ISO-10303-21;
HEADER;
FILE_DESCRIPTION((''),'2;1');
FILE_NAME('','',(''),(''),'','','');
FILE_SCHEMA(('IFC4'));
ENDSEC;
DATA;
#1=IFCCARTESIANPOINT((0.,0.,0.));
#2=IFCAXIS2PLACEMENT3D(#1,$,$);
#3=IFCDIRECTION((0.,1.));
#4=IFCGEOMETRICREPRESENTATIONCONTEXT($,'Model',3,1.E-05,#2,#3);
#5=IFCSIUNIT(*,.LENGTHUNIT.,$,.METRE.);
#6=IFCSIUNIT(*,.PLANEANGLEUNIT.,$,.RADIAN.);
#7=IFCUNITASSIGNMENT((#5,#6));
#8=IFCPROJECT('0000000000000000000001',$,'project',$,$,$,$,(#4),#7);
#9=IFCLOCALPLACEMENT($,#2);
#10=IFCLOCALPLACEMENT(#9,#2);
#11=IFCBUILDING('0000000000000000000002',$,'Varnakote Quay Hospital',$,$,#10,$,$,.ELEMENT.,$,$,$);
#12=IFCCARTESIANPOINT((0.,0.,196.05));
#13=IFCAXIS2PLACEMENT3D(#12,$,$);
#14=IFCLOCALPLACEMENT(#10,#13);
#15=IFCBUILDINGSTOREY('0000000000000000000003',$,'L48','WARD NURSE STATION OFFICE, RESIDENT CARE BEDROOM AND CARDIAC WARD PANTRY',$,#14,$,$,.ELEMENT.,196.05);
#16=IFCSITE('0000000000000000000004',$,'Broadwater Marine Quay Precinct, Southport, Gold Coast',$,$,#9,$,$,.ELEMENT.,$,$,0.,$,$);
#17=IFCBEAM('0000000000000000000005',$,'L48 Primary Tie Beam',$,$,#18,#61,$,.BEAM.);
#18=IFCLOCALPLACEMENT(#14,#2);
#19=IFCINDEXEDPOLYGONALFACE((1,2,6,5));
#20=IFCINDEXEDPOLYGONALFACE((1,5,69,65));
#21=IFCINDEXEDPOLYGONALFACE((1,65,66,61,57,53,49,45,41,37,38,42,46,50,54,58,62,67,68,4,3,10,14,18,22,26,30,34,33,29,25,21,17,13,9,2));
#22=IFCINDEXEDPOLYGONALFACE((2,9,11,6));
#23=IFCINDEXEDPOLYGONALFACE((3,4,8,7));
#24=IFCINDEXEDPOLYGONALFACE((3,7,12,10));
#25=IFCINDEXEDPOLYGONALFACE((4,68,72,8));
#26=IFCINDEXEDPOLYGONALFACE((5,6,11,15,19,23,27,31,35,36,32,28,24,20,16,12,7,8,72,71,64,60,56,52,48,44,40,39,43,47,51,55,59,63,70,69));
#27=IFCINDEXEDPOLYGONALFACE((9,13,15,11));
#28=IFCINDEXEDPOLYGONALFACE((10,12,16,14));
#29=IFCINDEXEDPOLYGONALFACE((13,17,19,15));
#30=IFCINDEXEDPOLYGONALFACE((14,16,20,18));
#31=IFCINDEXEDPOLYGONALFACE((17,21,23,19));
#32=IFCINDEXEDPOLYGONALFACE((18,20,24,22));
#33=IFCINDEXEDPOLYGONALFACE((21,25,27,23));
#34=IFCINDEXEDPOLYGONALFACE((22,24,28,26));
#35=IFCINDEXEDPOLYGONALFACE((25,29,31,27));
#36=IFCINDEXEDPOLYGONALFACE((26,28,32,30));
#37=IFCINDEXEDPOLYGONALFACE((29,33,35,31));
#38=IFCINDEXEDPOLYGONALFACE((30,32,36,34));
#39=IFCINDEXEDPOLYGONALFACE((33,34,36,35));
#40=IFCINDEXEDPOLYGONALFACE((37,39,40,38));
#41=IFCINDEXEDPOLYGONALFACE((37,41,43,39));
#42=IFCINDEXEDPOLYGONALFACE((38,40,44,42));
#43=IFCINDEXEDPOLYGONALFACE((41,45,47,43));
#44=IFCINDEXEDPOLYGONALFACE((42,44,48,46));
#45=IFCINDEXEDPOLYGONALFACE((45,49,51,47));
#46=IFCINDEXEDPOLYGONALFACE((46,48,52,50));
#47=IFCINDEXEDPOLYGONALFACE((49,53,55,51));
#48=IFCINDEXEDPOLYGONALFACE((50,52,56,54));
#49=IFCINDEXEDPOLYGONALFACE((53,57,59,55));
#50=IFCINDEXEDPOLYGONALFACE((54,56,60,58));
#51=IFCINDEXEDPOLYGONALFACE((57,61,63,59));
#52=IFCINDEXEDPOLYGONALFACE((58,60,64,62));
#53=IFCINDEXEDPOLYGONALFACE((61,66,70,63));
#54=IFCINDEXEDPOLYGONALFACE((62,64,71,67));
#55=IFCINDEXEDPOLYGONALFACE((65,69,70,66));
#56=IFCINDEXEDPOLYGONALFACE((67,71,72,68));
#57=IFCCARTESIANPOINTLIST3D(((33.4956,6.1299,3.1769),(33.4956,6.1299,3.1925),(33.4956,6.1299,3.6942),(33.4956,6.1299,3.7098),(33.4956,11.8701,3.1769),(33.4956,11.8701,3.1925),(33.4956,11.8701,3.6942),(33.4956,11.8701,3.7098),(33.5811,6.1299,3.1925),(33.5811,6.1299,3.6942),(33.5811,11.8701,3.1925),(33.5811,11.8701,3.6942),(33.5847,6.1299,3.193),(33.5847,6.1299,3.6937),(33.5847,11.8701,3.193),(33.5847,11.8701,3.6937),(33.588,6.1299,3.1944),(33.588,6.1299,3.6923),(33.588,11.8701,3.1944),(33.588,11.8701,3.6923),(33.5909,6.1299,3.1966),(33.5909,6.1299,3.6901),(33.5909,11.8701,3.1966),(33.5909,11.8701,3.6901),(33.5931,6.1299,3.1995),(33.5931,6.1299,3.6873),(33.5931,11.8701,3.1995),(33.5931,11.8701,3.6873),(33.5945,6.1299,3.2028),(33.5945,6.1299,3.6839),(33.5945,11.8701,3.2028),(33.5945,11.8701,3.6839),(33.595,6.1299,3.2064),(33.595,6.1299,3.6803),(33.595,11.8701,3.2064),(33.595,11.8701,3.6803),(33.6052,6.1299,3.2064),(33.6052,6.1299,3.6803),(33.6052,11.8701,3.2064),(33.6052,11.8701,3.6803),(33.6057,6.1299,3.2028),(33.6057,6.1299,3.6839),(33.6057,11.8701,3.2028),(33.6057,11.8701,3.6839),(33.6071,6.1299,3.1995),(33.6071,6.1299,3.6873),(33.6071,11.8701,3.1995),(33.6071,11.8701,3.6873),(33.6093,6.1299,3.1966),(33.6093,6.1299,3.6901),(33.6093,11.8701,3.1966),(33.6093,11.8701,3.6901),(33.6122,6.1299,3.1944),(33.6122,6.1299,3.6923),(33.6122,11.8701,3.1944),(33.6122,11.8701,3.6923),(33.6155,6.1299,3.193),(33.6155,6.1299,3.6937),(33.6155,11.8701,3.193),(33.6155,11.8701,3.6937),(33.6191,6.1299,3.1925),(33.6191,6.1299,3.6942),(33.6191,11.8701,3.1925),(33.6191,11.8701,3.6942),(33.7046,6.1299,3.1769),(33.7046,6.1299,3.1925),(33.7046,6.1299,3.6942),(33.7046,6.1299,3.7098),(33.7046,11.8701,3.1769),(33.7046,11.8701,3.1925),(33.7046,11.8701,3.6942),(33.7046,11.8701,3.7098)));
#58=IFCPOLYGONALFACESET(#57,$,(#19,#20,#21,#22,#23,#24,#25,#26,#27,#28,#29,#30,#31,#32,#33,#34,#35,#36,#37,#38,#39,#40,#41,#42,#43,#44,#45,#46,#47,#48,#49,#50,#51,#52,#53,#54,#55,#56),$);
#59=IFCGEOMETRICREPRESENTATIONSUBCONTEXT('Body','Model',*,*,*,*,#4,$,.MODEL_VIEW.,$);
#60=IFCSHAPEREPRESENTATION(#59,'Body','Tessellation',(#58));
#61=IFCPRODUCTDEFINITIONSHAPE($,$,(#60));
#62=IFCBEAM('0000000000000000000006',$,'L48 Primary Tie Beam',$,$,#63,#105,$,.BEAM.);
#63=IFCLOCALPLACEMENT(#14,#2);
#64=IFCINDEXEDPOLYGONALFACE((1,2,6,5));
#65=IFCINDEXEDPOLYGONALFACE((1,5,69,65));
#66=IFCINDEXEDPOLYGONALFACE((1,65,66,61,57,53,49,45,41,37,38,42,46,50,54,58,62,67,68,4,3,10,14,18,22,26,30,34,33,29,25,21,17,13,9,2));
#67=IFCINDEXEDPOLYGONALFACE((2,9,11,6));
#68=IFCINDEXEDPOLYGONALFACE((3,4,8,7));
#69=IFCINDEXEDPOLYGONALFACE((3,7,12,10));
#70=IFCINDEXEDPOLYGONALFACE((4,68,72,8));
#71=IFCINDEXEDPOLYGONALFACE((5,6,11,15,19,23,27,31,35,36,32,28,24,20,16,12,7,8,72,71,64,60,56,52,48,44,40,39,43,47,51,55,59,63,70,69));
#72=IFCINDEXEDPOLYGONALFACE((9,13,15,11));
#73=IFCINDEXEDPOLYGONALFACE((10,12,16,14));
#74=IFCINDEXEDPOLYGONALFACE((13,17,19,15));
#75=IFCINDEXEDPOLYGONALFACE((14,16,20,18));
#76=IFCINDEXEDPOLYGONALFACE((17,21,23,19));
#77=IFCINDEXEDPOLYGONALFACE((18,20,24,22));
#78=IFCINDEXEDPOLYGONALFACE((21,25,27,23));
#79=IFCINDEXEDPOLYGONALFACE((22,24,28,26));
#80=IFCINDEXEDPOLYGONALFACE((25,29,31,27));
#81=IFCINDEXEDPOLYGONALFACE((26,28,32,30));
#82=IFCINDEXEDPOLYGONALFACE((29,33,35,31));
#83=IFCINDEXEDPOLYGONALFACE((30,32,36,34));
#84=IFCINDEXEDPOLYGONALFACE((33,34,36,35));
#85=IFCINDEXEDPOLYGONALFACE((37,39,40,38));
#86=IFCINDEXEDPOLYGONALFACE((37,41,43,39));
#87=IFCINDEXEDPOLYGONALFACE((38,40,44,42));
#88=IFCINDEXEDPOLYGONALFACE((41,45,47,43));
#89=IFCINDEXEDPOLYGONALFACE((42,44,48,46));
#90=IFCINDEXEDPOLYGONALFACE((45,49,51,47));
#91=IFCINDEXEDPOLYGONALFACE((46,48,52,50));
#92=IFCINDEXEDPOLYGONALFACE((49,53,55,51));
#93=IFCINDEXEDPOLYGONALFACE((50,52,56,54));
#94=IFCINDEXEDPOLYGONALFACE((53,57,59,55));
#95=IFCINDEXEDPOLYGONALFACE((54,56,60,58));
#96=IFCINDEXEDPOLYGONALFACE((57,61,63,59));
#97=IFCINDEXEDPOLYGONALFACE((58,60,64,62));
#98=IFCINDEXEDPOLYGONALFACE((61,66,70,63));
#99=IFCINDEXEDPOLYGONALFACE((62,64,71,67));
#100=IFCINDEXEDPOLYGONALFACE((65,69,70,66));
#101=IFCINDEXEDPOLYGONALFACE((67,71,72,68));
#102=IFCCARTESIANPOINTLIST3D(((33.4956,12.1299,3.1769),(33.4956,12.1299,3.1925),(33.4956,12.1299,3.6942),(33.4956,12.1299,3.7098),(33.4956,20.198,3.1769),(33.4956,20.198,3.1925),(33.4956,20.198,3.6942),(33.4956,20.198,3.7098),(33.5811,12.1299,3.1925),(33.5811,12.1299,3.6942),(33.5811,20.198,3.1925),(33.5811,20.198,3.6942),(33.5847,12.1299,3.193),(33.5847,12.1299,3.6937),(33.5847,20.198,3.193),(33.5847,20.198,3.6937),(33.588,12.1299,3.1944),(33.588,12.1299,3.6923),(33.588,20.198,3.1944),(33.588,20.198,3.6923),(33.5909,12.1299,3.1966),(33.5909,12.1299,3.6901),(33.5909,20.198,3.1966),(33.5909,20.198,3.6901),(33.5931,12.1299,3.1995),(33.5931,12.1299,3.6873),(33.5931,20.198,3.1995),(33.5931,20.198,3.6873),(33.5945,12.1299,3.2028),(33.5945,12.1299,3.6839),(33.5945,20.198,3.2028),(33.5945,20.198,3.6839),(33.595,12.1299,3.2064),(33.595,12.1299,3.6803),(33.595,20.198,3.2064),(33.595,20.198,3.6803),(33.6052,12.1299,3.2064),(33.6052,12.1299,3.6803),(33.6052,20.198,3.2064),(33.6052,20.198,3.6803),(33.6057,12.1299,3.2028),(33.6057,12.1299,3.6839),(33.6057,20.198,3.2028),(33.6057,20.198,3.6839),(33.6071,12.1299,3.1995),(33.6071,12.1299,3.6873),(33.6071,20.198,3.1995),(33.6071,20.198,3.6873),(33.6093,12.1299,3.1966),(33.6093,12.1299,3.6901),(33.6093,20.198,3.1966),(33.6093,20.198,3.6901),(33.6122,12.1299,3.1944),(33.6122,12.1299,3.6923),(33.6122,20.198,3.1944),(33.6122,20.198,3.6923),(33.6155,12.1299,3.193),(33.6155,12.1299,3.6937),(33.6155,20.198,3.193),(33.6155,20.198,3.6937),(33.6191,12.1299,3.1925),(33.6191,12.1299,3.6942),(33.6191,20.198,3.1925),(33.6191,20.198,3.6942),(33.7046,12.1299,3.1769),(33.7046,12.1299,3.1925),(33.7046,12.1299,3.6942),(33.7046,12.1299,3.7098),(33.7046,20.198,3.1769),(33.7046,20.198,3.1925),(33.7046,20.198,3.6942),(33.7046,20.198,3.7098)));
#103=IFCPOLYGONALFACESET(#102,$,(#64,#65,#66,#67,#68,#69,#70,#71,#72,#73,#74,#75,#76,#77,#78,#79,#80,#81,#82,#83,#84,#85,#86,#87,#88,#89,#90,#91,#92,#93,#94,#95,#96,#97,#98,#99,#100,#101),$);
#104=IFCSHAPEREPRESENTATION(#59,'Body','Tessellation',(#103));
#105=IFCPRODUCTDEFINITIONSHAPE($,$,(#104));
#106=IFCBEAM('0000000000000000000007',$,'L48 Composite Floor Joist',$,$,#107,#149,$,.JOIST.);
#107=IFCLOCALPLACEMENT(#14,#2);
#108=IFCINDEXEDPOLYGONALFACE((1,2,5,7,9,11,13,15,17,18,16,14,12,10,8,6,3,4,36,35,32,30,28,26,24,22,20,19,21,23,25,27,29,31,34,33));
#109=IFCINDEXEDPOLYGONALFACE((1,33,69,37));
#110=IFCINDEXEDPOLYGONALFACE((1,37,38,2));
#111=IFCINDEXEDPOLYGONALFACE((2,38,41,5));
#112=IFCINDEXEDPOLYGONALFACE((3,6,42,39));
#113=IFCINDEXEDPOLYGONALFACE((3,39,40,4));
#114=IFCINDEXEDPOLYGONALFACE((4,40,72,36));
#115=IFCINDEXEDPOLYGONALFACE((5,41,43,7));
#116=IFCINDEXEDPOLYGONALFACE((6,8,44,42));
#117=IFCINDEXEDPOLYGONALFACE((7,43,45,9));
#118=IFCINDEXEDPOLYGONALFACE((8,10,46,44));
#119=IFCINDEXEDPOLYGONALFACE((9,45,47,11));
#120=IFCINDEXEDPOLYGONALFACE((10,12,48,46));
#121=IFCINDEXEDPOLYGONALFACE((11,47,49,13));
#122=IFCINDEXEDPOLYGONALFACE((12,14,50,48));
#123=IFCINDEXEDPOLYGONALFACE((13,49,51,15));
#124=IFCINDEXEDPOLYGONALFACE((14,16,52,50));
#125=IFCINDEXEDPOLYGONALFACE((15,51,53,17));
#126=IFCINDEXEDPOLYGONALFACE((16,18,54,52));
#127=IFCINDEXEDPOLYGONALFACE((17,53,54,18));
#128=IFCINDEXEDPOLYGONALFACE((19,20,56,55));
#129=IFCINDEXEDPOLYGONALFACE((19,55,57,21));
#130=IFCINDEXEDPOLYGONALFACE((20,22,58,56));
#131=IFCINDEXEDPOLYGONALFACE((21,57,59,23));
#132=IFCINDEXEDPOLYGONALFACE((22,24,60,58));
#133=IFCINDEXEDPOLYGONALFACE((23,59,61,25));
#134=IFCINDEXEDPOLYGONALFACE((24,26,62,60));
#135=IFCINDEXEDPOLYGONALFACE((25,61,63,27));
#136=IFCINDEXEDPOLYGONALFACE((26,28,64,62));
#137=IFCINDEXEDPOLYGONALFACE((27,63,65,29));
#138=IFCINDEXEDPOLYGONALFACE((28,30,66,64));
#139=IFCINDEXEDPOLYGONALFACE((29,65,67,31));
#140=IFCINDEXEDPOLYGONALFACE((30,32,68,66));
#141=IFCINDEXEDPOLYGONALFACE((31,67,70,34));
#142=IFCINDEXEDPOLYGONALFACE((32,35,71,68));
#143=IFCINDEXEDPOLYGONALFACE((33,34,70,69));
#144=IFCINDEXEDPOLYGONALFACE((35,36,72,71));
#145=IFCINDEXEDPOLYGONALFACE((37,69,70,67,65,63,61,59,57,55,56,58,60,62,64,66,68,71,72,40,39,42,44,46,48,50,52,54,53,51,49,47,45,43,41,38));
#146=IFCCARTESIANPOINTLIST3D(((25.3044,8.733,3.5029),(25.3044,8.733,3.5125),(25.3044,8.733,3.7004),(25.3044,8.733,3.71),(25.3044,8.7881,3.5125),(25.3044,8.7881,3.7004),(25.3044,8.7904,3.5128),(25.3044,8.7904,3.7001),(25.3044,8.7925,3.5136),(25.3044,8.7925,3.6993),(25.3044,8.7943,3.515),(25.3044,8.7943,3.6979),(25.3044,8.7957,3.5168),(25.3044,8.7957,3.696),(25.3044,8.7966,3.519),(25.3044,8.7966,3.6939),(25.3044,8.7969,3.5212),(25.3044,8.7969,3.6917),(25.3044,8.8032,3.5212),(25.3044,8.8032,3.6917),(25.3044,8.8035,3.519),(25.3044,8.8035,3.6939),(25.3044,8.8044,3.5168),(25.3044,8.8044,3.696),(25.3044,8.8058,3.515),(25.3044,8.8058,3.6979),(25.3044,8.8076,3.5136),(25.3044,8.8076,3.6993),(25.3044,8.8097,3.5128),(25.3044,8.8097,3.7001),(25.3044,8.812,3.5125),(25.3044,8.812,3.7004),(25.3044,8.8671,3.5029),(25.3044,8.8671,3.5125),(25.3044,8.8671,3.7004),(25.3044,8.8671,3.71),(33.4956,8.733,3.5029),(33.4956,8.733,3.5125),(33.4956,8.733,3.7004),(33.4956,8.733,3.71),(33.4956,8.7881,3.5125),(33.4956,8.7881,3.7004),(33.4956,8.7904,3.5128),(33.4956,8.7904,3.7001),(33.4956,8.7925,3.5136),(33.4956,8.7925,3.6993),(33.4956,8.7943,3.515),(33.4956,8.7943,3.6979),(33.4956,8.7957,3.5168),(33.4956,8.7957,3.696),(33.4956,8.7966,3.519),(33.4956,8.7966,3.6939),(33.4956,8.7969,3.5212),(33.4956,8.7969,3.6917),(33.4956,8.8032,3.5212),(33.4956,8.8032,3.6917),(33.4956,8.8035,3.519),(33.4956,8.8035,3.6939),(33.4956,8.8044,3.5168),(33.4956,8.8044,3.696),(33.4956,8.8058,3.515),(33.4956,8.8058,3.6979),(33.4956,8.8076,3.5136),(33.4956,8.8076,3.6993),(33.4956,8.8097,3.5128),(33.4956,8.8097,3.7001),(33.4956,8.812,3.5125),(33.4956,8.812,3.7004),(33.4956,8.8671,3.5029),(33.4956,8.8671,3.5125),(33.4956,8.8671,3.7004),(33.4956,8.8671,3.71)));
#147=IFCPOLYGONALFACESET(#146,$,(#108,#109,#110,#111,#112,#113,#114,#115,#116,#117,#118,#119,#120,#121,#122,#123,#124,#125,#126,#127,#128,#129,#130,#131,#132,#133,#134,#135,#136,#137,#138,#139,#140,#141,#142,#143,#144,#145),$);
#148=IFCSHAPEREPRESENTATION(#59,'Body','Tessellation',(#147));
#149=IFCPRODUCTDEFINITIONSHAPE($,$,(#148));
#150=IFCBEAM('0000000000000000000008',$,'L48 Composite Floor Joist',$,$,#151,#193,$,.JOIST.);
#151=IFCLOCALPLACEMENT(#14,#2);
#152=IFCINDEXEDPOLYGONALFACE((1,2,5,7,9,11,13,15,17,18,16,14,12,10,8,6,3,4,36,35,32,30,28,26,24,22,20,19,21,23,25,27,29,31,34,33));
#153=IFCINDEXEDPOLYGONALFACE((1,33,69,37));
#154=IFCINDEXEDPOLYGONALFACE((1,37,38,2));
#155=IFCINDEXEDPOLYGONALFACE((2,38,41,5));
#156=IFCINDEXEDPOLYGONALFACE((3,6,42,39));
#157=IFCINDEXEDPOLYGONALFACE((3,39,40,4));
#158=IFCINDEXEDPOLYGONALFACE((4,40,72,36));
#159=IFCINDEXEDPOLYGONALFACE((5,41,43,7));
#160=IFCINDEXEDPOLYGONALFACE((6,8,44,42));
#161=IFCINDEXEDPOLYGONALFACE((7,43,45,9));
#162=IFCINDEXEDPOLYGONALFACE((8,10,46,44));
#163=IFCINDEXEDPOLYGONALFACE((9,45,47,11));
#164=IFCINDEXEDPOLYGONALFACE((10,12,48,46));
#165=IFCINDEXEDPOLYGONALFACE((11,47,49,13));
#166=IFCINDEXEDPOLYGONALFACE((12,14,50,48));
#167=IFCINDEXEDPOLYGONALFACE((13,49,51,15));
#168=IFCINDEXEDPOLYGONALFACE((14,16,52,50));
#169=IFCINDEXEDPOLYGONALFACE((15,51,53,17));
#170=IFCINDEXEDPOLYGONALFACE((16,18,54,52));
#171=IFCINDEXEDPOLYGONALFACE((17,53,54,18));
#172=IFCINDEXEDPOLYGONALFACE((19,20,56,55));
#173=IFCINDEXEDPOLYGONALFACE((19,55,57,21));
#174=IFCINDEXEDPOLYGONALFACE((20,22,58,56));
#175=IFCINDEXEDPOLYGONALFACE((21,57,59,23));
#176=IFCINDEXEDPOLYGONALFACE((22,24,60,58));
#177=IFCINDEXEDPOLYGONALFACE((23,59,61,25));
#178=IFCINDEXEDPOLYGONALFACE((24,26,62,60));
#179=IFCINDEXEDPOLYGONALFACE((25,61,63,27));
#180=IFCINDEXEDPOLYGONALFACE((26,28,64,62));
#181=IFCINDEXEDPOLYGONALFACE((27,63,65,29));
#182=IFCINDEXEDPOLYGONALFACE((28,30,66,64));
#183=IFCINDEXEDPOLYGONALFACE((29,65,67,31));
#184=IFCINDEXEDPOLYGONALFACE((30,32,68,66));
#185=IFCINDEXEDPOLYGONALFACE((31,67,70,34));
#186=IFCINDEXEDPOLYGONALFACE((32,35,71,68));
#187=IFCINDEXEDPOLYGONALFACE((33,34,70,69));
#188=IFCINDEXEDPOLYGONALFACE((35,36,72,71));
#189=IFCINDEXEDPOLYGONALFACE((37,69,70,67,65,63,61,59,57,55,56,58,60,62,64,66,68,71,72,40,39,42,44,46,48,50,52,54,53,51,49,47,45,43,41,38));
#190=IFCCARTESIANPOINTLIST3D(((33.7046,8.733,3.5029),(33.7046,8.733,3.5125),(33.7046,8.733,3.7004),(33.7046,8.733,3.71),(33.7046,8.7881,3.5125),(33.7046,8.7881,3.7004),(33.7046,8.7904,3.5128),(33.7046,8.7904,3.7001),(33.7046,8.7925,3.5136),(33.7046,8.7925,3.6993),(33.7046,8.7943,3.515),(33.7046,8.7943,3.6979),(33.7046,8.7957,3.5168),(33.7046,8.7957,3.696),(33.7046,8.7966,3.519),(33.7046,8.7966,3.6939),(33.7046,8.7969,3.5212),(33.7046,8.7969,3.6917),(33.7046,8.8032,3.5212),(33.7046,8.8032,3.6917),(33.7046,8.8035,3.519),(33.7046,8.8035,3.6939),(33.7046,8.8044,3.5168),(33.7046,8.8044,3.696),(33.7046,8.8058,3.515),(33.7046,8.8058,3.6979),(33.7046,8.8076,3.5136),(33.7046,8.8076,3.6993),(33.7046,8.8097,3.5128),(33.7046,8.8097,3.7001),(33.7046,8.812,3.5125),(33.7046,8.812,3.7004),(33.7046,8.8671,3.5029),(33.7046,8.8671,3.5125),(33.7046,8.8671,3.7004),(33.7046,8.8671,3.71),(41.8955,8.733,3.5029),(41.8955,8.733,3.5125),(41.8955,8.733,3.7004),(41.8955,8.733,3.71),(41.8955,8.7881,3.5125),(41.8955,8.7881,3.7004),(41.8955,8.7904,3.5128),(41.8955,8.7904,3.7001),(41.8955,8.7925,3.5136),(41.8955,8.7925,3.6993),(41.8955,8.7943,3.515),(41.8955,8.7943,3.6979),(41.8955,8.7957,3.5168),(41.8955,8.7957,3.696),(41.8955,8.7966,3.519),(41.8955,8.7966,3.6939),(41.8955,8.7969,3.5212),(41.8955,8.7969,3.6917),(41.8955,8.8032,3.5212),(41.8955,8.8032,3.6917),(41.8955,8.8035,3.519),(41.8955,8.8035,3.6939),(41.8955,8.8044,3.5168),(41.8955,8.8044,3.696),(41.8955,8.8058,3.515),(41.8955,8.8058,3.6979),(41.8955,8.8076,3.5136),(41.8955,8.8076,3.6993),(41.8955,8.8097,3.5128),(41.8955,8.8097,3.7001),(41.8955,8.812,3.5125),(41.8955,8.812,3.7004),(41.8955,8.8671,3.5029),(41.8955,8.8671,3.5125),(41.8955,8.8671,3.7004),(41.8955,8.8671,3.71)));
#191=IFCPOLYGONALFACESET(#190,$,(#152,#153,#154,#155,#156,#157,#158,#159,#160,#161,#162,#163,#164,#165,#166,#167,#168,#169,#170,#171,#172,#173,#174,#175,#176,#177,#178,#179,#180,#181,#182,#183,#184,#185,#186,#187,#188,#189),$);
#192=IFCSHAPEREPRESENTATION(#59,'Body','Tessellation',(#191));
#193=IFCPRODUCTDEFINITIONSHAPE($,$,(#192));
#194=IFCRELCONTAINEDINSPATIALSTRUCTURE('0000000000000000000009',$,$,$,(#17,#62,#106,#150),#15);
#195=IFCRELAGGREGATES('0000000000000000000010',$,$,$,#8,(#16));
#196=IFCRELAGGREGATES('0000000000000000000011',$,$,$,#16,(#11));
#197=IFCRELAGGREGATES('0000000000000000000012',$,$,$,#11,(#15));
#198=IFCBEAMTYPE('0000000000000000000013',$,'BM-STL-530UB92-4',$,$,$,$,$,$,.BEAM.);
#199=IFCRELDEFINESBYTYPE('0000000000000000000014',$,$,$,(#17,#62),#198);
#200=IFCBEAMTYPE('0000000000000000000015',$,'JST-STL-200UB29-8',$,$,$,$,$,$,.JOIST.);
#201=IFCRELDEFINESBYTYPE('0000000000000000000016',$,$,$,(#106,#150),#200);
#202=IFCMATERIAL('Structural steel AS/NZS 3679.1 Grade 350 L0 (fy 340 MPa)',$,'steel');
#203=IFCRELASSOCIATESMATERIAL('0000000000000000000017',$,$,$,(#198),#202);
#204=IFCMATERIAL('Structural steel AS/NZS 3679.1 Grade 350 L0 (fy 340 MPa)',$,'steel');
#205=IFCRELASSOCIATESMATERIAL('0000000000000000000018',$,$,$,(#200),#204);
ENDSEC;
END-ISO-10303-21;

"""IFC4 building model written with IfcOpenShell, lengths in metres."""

from ifc_helpers import new_model, si_unit, direction, frame, origin, origin_2d, place, context, subcontext, project, spatial, i_section, extrude, material, material_profile, profile_set, type_object, element, save


model = new_model("IFC4")

# Units and contexts
model_context = context("Model", 3, precision=1e-05, world=origin(), true_north=direction((0.0, 1.0)))
body_context = subcontext(model_context, "Body", "Model", "MODEL_VIEW")
ifc_project = project(units=[si_unit("LENGTHUNIT", "METRE"), si_unit("PLANEANGLEUNIT", "RADIAN")], contexts=[model_context])

# Site, building, storey
site_placement = place(None, origin())
site = spatial("IfcSite", under=ifc_project, at=site_placement, Name="Broadwater Marine Quay Precinct, Southport, Gold Coast", CompositionType="ELEMENT", RefElevation=0.0)
building_placement = place(site_placement, origin())
building = spatial("IfcBuilding", under=site, at=building_placement, Name="Varnakote Quay Hospital", CompositionType="ELEMENT")
storey_placement = place(building_placement, frame((0.0, 0.0, 196.05)))
storey = spatial("IfcBuildingStorey", under=building, at=storey_placement, Name="L48", Description="WARD NURSE STATION OFFICE, RESIDENT CARE BEDROOM AND CARDIAC WARD PANTRY", CompositionType="ELEMENT", Elevation=196.05)

# Beams
ifc_material_1 = material(Name="Structural steel AS/NZS 3679.1 Grade 350 L0 (fy 340 MPa)", Category="steel")
ifc_material_profile_1 = material_profile(ifc_material_1, i_section(OverallWidth=0.209, OverallDepth=0.533, WebThickness=0.0103, FlangeThickness=0.0156, FilletRadius=0.0139, at=origin_2d()), Name="530UB92.4")
ifc_profile_set_1 = profile_set([ifc_material_profile_1], Name="Structural steel AS/NZS 3679.1 Grade 350 L0 (fy 340 MPa)")
beam_type_1 = type_object("IfcBeamType", Name="BM-STL-530UB92-4", PredefinedType="BEAM", material=ifc_profile_set_1)
beam_1_placement = place(storey_placement, frame((33.6001, 6.1299, 3.4434), z_axis=(0.0, 1.0, 0.0), x_axis=(-1.0, 0.0, 0.0)))
element("IfcBeam", 1, at=beam_1_placement, inside=storey, type_object=beam_type_1, Name="L48 Primary Tie Beam", PredefinedType="BEAM", context=body_context, shape_type="SweptSolid", body=[
    extrude(i_section(OverallWidth=0.209, OverallDepth=0.533, WebThickness=0.0103, FlangeThickness=0.0156, FilletRadius=0.0139, at=origin_2d()), origin(), (0.0, 0.0, 1.0), 5.7402),
])
beam_2_placement = place(storey_placement, frame((33.6001, 12.1299, 3.4434), z_axis=(0.0, 1.0, 0.0), x_axis=(-1.0, 0.0, 0.0)))
element("IfcBeam", 2, at=beam_2_placement, inside=storey, type_object=beam_type_1, Name="L48 Primary Tie Beam", PredefinedType="BEAM", context=body_context, shape_type="SweptSolid", body=[
    extrude(i_section(OverallWidth=0.209, OverallDepth=0.533, WebThickness=0.0103, FlangeThickness=0.0156, FilletRadius=0.0139, at=origin_2d()), origin(), (0.0, 0.0, 1.0), 8.0681),
])
ifc_material_2 = material(Name="Structural steel AS/NZS 3679.1 Grade 350 L0 (fy 340 MPa)", Category="steel")
ifc_material_profile_2 = material_profile(ifc_material_2, i_section(OverallWidth=0.134, OverallDepth=0.207, WebThickness=0.0063, FlangeThickness=0.0095, FilletRadius=0.0088, at=origin_2d()), Name="200UB29.8")
ifc_profile_set_2 = profile_set([ifc_material_profile_2], Name="Structural steel AS/NZS 3679.1 Grade 350 L0 (fy 340 MPa)")
beam_type_2 = type_object("IfcBeamType", Name="JST-STL-200UB29-8", PredefinedType="JOIST", material=ifc_profile_set_2)
beam_3_placement = place(storey_placement, frame((25.3044, 8.8, 3.6064), z_axis=(1.0, 0.0, 0.0), x_axis=(0.0, 1.0, 0.0)))
element("IfcBeam", 3, at=beam_3_placement, inside=storey, type_object=beam_type_2, Name="L48 Composite Floor Joist", PredefinedType="JOIST", context=body_context, shape_type="SweptSolid", body=[
    extrude(i_section(OverallWidth=0.134, OverallDepth=0.207, WebThickness=0.0063, FlangeThickness=0.0095, FilletRadius=0.0088, at=origin_2d()), origin(), (0.0, 0.0, 1.0), 8.1912),
])
beam_4_placement = place(storey_placement, frame((33.7046, 8.8, 3.6064), z_axis=(1.0, 0.0, 0.0), x_axis=(0.0, 1.0, 0.0)))
element("IfcBeam", 4, at=beam_4_placement, inside=storey, type_object=beam_type_2, Name="L48 Composite Floor Joist", PredefinedType="JOIST", context=body_context, shape_type="SweptSolid", body=[
    extrude(i_section(OverallWidth=0.134, OverallDepth=0.207, WebThickness=0.0063, FlangeThickness=0.0095, FilletRadius=0.0088, at=origin_2d()), origin(), (0.0, 0.0, 1.0), 8.1909),
])

save(model, "model.ifc")
